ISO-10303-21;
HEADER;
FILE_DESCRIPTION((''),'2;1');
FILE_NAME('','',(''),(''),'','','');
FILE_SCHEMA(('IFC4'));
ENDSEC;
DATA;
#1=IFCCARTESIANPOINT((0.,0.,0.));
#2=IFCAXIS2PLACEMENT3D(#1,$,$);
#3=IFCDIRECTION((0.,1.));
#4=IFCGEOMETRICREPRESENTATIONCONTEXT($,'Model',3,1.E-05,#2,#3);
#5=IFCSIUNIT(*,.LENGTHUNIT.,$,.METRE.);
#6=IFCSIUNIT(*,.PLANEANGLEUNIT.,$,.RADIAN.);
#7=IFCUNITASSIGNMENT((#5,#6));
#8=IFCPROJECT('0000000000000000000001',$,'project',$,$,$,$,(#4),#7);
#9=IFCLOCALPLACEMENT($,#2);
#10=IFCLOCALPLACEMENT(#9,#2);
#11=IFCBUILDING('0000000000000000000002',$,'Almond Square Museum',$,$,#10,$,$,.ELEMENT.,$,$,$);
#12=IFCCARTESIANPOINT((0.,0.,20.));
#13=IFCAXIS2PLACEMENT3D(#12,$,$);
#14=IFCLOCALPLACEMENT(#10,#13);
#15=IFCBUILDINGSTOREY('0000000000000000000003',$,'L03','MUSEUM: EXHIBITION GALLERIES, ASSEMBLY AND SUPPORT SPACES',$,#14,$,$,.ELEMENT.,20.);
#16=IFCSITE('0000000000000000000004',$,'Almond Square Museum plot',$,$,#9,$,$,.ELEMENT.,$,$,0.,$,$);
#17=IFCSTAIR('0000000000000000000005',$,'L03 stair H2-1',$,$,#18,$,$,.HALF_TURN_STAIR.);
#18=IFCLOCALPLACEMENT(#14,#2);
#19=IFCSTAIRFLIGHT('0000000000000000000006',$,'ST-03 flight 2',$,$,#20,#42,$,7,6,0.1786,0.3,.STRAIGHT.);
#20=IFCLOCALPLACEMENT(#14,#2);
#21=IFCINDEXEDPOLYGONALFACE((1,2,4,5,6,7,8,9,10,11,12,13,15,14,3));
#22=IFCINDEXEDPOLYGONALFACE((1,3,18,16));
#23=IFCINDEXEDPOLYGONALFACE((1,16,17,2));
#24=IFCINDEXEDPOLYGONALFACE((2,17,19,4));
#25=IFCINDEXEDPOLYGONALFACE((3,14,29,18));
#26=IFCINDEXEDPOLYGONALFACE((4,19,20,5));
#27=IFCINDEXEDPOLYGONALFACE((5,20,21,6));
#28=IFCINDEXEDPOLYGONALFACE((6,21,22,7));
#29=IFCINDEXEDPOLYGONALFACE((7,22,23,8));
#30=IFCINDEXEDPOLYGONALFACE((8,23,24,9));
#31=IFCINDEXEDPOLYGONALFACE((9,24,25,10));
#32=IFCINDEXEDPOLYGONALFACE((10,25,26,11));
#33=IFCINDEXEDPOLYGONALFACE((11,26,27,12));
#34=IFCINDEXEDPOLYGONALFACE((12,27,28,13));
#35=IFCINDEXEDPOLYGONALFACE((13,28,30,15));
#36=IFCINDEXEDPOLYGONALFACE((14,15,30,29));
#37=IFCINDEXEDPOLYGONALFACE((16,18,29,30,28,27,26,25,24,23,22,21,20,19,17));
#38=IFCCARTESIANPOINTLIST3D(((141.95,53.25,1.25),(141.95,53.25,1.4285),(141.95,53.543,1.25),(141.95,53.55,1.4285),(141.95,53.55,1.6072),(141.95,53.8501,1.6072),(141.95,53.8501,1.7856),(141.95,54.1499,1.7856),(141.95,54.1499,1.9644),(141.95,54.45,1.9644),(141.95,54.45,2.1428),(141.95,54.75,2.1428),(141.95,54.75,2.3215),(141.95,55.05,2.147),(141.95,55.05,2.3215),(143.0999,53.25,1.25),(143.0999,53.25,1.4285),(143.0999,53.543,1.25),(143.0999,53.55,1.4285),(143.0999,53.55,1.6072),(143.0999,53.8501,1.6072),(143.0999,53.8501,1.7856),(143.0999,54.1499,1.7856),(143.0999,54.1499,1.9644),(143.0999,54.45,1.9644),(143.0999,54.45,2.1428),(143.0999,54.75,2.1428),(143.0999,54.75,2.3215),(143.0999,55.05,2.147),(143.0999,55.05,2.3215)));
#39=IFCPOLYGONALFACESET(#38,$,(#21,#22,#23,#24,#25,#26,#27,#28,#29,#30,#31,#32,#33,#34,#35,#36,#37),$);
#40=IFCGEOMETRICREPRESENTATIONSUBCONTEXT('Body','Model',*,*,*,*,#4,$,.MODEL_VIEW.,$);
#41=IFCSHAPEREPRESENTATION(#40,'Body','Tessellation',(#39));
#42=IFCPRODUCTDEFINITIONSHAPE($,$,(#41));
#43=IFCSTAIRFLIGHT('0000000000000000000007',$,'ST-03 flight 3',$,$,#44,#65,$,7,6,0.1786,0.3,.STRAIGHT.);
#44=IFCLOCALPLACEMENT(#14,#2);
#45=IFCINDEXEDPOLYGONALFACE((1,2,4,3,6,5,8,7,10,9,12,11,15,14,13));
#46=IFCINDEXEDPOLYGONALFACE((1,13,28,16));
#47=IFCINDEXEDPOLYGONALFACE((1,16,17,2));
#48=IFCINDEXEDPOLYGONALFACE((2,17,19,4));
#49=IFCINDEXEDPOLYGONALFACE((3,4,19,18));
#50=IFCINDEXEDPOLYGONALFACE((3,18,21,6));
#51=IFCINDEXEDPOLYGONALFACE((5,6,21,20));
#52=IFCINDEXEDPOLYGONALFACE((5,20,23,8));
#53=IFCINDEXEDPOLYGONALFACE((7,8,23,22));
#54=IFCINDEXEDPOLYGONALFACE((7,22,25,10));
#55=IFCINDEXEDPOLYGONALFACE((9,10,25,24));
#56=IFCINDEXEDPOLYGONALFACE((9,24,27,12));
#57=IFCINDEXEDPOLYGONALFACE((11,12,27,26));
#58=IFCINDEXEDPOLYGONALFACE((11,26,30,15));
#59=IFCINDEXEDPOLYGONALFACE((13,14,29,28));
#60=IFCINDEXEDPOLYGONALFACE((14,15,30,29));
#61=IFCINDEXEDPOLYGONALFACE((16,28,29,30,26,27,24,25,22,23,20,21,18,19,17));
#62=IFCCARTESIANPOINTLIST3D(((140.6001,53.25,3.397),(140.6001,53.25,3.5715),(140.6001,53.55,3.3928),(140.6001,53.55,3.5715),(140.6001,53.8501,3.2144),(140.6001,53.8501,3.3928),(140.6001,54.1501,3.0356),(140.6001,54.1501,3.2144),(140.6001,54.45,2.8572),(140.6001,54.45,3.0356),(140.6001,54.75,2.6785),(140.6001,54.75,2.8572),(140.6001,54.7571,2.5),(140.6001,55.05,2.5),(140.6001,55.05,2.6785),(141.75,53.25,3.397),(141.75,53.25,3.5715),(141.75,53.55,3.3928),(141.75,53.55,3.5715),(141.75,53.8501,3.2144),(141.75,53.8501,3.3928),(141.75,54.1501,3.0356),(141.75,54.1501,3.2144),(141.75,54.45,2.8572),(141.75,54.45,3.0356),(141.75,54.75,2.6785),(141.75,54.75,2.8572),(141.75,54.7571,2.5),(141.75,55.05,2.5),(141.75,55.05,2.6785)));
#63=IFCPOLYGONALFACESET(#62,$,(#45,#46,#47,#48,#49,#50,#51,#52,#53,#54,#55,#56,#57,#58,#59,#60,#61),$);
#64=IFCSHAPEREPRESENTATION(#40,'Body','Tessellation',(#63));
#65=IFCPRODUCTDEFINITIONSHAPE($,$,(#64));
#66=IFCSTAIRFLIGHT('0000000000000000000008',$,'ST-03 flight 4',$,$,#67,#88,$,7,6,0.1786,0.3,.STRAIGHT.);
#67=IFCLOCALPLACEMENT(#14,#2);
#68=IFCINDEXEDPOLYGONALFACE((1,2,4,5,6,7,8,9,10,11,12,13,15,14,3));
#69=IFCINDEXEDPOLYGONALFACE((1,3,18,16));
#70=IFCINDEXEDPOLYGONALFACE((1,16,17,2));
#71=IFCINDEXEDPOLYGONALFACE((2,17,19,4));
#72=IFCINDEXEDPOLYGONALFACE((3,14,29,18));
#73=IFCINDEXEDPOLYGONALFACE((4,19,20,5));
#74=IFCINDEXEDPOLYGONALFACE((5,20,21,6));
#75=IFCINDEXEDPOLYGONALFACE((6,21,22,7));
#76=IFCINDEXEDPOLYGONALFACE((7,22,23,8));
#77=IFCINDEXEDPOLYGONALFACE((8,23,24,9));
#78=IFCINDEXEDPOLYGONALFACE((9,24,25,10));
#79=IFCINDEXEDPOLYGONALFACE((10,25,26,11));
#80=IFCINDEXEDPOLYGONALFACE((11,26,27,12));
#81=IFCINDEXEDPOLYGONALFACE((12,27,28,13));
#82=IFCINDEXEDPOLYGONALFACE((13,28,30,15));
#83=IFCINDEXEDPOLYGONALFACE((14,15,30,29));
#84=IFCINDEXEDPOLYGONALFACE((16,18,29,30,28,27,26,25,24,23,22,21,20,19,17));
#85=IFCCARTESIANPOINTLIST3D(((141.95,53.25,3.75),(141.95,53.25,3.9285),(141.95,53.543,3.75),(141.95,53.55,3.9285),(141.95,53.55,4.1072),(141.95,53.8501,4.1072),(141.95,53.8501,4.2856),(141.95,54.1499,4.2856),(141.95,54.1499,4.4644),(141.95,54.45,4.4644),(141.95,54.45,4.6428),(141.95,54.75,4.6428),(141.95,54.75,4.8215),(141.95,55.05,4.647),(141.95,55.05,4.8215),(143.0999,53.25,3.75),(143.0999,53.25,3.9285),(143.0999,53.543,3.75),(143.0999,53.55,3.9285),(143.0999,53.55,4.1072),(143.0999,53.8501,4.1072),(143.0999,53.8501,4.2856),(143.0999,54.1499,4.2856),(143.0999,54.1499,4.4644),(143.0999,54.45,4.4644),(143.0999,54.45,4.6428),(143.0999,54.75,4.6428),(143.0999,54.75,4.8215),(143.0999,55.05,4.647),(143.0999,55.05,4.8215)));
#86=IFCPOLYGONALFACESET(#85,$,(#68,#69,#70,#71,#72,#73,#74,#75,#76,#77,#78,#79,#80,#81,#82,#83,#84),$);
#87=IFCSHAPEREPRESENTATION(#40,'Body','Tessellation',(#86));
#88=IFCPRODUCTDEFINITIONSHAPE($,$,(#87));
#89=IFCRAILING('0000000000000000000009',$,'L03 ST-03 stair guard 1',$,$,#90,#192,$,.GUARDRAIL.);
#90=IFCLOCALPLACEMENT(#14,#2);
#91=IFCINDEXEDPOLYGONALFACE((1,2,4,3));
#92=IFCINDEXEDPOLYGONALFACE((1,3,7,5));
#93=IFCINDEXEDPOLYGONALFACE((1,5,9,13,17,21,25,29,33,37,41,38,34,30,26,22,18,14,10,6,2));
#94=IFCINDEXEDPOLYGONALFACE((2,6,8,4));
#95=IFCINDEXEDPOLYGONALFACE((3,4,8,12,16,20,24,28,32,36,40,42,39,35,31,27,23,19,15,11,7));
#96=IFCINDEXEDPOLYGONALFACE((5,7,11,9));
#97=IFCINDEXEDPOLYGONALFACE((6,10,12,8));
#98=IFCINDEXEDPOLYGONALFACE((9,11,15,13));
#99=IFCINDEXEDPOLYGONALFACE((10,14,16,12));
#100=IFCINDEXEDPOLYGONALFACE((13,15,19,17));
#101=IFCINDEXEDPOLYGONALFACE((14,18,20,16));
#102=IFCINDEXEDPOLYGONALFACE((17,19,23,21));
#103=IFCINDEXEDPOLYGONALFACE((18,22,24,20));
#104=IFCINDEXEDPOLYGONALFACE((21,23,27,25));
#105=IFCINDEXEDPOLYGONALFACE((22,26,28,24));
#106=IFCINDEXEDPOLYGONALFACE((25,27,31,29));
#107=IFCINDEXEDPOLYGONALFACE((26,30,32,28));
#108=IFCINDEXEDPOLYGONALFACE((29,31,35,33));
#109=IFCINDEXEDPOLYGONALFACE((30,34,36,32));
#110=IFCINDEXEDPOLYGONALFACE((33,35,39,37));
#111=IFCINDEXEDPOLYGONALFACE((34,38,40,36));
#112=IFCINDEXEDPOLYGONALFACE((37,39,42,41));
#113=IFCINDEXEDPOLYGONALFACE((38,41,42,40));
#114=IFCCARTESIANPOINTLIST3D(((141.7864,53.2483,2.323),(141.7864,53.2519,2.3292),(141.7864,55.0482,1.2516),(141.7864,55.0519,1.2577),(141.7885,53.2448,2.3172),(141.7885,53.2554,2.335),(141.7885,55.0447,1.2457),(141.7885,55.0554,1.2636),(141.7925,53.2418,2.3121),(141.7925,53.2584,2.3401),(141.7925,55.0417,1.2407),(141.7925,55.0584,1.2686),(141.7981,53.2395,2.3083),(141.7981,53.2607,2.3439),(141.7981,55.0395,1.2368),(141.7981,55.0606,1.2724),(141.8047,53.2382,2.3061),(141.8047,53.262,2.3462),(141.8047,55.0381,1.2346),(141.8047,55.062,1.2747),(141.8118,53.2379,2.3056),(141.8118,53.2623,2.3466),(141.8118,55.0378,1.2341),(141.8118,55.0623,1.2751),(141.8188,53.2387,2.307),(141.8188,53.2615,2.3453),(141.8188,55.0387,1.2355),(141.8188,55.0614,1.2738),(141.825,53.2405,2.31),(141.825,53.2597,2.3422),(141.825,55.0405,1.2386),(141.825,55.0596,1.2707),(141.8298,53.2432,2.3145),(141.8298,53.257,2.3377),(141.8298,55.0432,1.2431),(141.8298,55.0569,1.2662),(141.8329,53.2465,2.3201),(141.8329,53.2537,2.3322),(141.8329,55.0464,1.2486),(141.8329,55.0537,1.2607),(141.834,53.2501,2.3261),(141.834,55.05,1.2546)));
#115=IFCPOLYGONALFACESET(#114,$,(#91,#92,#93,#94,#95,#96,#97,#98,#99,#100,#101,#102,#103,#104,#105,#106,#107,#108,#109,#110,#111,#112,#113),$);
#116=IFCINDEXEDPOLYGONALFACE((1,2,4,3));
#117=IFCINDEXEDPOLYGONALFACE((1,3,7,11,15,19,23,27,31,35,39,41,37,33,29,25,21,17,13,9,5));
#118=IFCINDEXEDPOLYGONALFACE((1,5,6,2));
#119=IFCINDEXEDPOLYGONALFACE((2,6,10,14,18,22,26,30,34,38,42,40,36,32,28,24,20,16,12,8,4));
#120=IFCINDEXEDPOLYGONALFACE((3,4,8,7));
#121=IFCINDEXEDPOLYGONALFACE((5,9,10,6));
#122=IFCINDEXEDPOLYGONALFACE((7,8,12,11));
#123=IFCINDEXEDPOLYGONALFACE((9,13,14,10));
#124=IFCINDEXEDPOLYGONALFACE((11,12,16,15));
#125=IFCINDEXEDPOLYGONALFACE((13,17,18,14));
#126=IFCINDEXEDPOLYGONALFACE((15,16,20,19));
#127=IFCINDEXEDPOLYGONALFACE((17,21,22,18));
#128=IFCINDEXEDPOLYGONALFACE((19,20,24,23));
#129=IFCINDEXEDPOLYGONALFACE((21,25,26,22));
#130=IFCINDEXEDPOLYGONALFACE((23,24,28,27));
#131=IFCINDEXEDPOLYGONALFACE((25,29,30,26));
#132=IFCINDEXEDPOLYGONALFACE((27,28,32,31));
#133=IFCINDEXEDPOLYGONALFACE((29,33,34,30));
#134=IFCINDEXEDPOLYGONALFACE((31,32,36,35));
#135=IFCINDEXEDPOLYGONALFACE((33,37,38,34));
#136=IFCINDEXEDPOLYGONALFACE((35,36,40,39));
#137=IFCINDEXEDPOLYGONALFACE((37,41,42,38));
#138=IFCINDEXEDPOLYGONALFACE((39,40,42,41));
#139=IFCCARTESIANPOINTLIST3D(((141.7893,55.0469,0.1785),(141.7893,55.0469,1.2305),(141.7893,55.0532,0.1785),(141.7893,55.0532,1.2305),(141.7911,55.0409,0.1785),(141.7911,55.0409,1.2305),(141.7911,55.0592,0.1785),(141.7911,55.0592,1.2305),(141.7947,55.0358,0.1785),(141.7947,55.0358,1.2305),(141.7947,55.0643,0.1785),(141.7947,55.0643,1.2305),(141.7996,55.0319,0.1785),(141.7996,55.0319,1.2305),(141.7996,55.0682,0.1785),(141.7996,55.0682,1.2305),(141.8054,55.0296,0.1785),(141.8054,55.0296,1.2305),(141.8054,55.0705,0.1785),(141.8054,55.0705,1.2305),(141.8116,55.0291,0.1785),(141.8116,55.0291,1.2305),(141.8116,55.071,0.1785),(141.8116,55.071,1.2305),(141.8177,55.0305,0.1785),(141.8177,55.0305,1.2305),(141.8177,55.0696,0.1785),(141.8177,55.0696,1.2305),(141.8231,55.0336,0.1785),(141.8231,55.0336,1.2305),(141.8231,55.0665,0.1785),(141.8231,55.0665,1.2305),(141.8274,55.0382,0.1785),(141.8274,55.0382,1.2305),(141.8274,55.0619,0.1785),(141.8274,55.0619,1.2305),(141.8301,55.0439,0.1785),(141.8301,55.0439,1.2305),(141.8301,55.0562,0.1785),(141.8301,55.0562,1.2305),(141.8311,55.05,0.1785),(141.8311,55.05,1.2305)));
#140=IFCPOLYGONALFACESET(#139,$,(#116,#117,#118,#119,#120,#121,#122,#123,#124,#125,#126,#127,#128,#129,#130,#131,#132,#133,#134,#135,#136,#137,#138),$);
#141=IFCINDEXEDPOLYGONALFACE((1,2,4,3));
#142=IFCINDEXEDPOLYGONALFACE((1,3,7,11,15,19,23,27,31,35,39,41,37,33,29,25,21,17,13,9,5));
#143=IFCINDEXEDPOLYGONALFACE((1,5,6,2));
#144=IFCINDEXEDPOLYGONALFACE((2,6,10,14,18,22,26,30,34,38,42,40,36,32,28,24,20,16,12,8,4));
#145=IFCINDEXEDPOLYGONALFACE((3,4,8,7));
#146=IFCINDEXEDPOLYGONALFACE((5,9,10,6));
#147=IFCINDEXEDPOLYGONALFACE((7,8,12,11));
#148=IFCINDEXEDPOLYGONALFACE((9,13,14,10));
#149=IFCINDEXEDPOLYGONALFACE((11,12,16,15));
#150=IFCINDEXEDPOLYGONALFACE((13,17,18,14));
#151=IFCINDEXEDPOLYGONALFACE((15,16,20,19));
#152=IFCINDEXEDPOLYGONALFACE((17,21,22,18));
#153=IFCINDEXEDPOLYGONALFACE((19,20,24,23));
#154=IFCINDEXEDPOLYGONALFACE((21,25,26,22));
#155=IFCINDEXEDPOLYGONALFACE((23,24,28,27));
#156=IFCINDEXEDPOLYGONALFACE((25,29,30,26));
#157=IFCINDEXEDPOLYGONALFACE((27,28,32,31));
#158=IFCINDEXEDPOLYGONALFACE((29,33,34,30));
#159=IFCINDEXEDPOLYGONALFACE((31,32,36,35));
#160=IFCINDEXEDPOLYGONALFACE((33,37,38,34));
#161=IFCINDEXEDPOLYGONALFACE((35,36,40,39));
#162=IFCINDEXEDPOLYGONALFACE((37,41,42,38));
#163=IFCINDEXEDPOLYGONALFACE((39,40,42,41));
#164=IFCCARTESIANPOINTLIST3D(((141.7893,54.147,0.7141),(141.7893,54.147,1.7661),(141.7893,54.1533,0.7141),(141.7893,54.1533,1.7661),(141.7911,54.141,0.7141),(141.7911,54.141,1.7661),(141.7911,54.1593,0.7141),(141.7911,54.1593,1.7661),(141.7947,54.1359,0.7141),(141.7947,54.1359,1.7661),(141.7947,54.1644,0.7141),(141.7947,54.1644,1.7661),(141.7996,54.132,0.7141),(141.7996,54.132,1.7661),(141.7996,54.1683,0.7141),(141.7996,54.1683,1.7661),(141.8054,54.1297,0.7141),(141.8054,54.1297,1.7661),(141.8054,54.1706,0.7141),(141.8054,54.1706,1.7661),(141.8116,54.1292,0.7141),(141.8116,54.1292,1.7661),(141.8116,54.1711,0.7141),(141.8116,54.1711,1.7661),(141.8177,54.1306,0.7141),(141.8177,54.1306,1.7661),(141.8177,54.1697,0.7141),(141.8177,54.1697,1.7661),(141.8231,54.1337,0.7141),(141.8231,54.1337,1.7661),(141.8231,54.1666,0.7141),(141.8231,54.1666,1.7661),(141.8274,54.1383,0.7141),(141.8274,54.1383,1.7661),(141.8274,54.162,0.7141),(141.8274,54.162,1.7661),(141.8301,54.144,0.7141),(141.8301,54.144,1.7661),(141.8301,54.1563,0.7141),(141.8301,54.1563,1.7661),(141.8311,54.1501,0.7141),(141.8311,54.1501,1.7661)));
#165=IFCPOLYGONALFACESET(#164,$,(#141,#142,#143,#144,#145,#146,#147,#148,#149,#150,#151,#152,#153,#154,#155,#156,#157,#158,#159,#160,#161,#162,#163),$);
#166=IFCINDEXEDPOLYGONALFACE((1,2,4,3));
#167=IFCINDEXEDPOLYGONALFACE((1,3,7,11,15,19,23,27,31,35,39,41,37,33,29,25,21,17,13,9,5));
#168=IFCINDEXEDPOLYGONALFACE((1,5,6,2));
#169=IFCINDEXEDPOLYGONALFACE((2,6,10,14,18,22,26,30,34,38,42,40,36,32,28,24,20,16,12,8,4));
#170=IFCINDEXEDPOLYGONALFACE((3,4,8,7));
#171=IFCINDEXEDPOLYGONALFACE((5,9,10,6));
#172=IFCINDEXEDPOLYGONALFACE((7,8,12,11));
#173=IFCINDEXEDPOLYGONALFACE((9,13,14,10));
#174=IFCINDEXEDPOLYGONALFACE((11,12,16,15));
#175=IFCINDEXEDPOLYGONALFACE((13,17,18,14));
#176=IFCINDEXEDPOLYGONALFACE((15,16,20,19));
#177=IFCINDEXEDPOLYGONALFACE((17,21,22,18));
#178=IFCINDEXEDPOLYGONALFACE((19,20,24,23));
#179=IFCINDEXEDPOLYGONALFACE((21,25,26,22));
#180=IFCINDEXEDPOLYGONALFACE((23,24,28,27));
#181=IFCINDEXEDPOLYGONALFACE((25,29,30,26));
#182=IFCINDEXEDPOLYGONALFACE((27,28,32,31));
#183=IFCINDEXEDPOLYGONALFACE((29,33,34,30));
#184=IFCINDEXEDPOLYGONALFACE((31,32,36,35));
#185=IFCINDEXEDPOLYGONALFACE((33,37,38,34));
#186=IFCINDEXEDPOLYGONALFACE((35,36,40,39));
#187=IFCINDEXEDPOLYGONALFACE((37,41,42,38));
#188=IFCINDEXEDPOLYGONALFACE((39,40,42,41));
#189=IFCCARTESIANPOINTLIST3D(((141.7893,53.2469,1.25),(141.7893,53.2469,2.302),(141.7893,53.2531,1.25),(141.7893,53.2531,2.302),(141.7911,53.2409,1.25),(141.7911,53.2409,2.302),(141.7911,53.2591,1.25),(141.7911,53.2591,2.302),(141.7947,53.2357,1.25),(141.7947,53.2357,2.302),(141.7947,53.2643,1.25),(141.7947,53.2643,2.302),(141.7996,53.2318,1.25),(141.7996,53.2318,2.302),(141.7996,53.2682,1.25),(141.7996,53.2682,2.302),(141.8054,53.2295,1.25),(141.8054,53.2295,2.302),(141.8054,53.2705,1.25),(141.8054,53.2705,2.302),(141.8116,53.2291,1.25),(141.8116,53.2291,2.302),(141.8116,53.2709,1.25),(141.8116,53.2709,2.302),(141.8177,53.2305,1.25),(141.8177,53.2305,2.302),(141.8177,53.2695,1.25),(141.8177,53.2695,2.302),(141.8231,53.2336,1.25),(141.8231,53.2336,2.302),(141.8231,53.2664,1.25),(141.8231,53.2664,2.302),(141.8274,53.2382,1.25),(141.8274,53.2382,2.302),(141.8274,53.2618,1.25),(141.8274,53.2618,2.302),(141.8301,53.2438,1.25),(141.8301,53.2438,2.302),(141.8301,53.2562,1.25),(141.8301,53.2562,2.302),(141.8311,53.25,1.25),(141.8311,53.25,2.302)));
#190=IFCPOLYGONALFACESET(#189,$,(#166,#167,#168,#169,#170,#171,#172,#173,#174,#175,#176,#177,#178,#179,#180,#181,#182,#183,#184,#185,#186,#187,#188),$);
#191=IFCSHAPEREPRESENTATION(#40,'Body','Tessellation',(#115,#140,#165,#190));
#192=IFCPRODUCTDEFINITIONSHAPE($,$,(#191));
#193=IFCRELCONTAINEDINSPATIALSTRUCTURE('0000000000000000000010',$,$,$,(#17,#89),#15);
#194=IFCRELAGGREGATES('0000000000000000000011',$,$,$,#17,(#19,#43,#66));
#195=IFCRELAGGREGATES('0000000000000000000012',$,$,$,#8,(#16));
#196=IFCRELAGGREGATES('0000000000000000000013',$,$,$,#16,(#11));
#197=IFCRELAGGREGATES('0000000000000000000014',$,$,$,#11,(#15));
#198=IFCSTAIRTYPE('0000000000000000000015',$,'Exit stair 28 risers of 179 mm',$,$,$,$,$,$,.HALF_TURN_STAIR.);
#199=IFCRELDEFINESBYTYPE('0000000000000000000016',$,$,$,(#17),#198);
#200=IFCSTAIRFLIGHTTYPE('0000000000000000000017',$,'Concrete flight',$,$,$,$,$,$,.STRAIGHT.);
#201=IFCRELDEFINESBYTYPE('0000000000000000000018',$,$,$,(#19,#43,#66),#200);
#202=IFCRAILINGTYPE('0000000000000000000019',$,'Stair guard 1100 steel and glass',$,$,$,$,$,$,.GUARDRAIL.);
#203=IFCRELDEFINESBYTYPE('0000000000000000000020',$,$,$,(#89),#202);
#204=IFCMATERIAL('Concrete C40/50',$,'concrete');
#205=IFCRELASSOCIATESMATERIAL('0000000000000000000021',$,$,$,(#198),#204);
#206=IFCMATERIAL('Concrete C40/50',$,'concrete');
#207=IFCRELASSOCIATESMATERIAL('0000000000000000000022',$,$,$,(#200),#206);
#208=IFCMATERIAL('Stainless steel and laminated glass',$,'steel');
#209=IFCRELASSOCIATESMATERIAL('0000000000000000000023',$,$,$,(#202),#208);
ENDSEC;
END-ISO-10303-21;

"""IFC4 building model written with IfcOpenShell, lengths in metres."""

from ifc_helpers import new_model, si_unit, direction, frame, origin, origin_2d, place, context, subcontext, project, spatial, polyline, circle, outline, extrude, material, type_object, element, aggregate, save


model = new_model("IFC4")

# Units and contexts
model_context = context("Model", 3, precision=1e-05, world=origin(), true_north=direction((0.0, 1.0)))
body_context = subcontext(model_context, "Body", "Model", "MODEL_VIEW")
ifc_project = project(units=[si_unit("LENGTHUNIT", "METRE"), si_unit("PLANEANGLEUNIT", "RADIAN")], contexts=[model_context])

# Site, building, storey
site_placement = place(None, origin())
site = spatial("IfcSite", under=ifc_project, at=site_placement, Name="Almond Square Museum plot", CompositionType="ELEMENT", RefElevation=0.0)
building_placement = place(site_placement, origin())
building = spatial("IfcBuilding", under=site, at=building_placement, Name="Almond Square Museum", CompositionType="ELEMENT")
storey_placement = place(building_placement, frame((0.0, 0.0, 20.0)))
storey = spatial("IfcBuildingStorey", under=building, at=storey_placement, Name="L03", Description="MUSEUM: EXHIBITION GALLERIES, ASSEMBLY AND SUPPORT SPACES", CompositionType="ELEMENT", Elevation=20.0)

# Stair, stair flights
ifc_material_1 = material(Name="Concrete C40/50", Category="concrete")
stair_type = type_object("IfcStairType", Name="Exit stair 28 risers of 179 mm", PredefinedType="HALF_TURN_STAIR", material=ifc_material_1)
stair_placement = place(storey_placement, origin())
stair = element("IfcStair", 1, at=stair_placement, inside=storey, type_object=stair_type, Name="L03 stair H2-1", PredefinedType="HALF_TURN_STAIR")
ifc_material_2 = material(Name="Concrete C40/50", Category="concrete")
stair_flight_type = type_object("IfcStairFlightType", Name="Concrete flight", PredefinedType="STRAIGHT", material=ifc_material_2)
stair_flight_1_placement = place(storey_placement, frame((142.5249, 53.25, 1.25), z_axis=(0.0, 0.0, 1.0), x_axis=(0.0, 1.0, 0.0)))
stair_flight_1 = element("IfcStairFlight", 2, at=stair_flight_1_placement, type_object=stair_flight_type, Name="ST-03 flight 2", NumberOfRisers=7, NumberOfTreads=6, PredefinedType="STRAIGHT", RiserHeight=0.1786, TreadLength=0.3, context=body_context, shape_type="SweptSolid", body=[
    extrude(outline(polyline([(0.0, 0.0), (0.0, 0.1785), (0.3, 0.1785), (0.3, 0.3572), (0.6001, 0.3572), (0.6001, 0.5356), (0.8999, 0.5356), (0.8999, 0.7144), (1.2, 0.7144), (1.2, 0.8928), (1.5, 0.8928), (1.5, 1.0715), (1.8, 1.0715), (1.8, 1.25), (1.8, 0.897), (0.293, 0.0), (0.0, 0.0)])), frame((0.0, 0.575, 0.0), z_axis=(0.0, -1.0, 0.0), x_axis=(1.0, 0.0, 0.0)), (0.0, 0.0, 1.0), 1.1499),
])
stair_flight_2_placement = place(storey_placement, frame((141.175, 55.05, 2.5), z_axis=(0.0, 0.0, 1.0), x_axis=(0.0, -1.0, 0.0)))
stair_flight_2 = element("IfcStairFlight", 3, at=stair_flight_2_placement, type_object=stair_flight_type, Name="ST-03 flight 3", NumberOfRisers=7, NumberOfTreads=6, PredefinedType="STRAIGHT", RiserHeight=0.1786, TreadLength=0.3, context=body_context, shape_type="SweptSolid", body=[
    extrude(outline(polyline([(0.0, 0.0), (0.0, 0.1785), (0.3, 0.1785), (0.3, 0.3572), (0.6001, 0.3572), (0.6001, 0.5356), (0.8999, 0.5356), (0.8999, 0.7144), (1.2, 0.7144), (1.2, 0.8928), (1.5, 0.8928), (1.5, 1.0715), (1.8, 1.0715), (1.8, 1.25), (1.8, 0.897), (0.293, 0.0), (0.0, 0.0)])), frame((0.0, 0.575, 0.0), z_axis=(0.0, -1.0, 0.0), x_axis=(1.0, 0.0, 0.0)), (0.0, 0.0, 1.0), 1.1499),
])
stair_flight_3_placement = place(storey_placement, frame((142.5249, 53.25, 3.75), z_axis=(0.0, 0.0, 1.0), x_axis=(0.0, 1.0, 0.0)))
stair_flight_3 = element("IfcStairFlight", 4, at=stair_flight_3_placement, type_object=stair_flight_type, Name="ST-03 flight 4", NumberOfRisers=7, NumberOfTreads=6, PredefinedType="STRAIGHT", RiserHeight=0.1786, TreadLength=0.3, context=body_context, shape_type="SweptSolid", body=[
    extrude(outline(polyline([(0.0, 0.0), (0.0, 0.1785), (0.3, 0.1785), (0.3, 0.3572), (0.6001, 0.3572), (0.6001, 0.5356), (0.8999, 0.5356), (0.8999, 0.7144), (1.2, 0.7144), (1.2, 0.8928), (1.5, 0.8928), (1.5, 1.0715), (1.8, 1.0715), (1.8, 1.25), (1.8, 0.897), (0.293, 0.0), (0.0, 0.0)])), frame((0.0, 0.575, 0.0), z_axis=(0.0, -1.0, 0.0), x_axis=(1.0, 0.0, 0.0)), (0.0, 0.0, 1.0), 1.1499),
])
aggregate(stair, [stair_flight_1, stair_flight_2, stair_flight_3])

# Railing
ifc_material_3 = material(Name="Stainless steel and laminated glass", Category="steel")
railing_type_1 = type_object("IfcRailingType", Name="Stair guard 1100 steel and glass", PredefinedType="GUARDRAIL", material=ifc_material_3)
railing_1_placement = place(storey_placement, frame((141.8101, 55.05, 0.1785)))
element("IfcRailing", 5, at=railing_1_placement, inside=storey, type_object=railing_type_1, Name="L03 ST-03 stair guard 1", PredefinedType="GUARDRAIL", context=body_context, shape_type="SweptSolid", body=[
    extrude(circle(Radius=0.0239, at=origin_2d()), frame((0.0, 0.0, 1.0762), z_axis=(0.0, -0.859277, 0.51151), x_axis=(1.0, 0.0, 0.0)), (0.0, 0.0, 1.0), 2.0947),
    extrude(circle(Radius=0.021, at=origin_2d()), origin(), (0.0, 0.0, 1.0), 1.052),
    extrude(circle(Radius=0.021, at=origin_2d()), frame((0.0, -0.8999, 0.5356)), (0.0, 0.0, 1.0), 1.052),
    extrude(circle(Radius=0.021, at=origin_2d()), frame((0.0, -1.8, 1.0715)), (0.0, 0.0, 1.0), 1.052),
])

save(model, "model.ifc")
